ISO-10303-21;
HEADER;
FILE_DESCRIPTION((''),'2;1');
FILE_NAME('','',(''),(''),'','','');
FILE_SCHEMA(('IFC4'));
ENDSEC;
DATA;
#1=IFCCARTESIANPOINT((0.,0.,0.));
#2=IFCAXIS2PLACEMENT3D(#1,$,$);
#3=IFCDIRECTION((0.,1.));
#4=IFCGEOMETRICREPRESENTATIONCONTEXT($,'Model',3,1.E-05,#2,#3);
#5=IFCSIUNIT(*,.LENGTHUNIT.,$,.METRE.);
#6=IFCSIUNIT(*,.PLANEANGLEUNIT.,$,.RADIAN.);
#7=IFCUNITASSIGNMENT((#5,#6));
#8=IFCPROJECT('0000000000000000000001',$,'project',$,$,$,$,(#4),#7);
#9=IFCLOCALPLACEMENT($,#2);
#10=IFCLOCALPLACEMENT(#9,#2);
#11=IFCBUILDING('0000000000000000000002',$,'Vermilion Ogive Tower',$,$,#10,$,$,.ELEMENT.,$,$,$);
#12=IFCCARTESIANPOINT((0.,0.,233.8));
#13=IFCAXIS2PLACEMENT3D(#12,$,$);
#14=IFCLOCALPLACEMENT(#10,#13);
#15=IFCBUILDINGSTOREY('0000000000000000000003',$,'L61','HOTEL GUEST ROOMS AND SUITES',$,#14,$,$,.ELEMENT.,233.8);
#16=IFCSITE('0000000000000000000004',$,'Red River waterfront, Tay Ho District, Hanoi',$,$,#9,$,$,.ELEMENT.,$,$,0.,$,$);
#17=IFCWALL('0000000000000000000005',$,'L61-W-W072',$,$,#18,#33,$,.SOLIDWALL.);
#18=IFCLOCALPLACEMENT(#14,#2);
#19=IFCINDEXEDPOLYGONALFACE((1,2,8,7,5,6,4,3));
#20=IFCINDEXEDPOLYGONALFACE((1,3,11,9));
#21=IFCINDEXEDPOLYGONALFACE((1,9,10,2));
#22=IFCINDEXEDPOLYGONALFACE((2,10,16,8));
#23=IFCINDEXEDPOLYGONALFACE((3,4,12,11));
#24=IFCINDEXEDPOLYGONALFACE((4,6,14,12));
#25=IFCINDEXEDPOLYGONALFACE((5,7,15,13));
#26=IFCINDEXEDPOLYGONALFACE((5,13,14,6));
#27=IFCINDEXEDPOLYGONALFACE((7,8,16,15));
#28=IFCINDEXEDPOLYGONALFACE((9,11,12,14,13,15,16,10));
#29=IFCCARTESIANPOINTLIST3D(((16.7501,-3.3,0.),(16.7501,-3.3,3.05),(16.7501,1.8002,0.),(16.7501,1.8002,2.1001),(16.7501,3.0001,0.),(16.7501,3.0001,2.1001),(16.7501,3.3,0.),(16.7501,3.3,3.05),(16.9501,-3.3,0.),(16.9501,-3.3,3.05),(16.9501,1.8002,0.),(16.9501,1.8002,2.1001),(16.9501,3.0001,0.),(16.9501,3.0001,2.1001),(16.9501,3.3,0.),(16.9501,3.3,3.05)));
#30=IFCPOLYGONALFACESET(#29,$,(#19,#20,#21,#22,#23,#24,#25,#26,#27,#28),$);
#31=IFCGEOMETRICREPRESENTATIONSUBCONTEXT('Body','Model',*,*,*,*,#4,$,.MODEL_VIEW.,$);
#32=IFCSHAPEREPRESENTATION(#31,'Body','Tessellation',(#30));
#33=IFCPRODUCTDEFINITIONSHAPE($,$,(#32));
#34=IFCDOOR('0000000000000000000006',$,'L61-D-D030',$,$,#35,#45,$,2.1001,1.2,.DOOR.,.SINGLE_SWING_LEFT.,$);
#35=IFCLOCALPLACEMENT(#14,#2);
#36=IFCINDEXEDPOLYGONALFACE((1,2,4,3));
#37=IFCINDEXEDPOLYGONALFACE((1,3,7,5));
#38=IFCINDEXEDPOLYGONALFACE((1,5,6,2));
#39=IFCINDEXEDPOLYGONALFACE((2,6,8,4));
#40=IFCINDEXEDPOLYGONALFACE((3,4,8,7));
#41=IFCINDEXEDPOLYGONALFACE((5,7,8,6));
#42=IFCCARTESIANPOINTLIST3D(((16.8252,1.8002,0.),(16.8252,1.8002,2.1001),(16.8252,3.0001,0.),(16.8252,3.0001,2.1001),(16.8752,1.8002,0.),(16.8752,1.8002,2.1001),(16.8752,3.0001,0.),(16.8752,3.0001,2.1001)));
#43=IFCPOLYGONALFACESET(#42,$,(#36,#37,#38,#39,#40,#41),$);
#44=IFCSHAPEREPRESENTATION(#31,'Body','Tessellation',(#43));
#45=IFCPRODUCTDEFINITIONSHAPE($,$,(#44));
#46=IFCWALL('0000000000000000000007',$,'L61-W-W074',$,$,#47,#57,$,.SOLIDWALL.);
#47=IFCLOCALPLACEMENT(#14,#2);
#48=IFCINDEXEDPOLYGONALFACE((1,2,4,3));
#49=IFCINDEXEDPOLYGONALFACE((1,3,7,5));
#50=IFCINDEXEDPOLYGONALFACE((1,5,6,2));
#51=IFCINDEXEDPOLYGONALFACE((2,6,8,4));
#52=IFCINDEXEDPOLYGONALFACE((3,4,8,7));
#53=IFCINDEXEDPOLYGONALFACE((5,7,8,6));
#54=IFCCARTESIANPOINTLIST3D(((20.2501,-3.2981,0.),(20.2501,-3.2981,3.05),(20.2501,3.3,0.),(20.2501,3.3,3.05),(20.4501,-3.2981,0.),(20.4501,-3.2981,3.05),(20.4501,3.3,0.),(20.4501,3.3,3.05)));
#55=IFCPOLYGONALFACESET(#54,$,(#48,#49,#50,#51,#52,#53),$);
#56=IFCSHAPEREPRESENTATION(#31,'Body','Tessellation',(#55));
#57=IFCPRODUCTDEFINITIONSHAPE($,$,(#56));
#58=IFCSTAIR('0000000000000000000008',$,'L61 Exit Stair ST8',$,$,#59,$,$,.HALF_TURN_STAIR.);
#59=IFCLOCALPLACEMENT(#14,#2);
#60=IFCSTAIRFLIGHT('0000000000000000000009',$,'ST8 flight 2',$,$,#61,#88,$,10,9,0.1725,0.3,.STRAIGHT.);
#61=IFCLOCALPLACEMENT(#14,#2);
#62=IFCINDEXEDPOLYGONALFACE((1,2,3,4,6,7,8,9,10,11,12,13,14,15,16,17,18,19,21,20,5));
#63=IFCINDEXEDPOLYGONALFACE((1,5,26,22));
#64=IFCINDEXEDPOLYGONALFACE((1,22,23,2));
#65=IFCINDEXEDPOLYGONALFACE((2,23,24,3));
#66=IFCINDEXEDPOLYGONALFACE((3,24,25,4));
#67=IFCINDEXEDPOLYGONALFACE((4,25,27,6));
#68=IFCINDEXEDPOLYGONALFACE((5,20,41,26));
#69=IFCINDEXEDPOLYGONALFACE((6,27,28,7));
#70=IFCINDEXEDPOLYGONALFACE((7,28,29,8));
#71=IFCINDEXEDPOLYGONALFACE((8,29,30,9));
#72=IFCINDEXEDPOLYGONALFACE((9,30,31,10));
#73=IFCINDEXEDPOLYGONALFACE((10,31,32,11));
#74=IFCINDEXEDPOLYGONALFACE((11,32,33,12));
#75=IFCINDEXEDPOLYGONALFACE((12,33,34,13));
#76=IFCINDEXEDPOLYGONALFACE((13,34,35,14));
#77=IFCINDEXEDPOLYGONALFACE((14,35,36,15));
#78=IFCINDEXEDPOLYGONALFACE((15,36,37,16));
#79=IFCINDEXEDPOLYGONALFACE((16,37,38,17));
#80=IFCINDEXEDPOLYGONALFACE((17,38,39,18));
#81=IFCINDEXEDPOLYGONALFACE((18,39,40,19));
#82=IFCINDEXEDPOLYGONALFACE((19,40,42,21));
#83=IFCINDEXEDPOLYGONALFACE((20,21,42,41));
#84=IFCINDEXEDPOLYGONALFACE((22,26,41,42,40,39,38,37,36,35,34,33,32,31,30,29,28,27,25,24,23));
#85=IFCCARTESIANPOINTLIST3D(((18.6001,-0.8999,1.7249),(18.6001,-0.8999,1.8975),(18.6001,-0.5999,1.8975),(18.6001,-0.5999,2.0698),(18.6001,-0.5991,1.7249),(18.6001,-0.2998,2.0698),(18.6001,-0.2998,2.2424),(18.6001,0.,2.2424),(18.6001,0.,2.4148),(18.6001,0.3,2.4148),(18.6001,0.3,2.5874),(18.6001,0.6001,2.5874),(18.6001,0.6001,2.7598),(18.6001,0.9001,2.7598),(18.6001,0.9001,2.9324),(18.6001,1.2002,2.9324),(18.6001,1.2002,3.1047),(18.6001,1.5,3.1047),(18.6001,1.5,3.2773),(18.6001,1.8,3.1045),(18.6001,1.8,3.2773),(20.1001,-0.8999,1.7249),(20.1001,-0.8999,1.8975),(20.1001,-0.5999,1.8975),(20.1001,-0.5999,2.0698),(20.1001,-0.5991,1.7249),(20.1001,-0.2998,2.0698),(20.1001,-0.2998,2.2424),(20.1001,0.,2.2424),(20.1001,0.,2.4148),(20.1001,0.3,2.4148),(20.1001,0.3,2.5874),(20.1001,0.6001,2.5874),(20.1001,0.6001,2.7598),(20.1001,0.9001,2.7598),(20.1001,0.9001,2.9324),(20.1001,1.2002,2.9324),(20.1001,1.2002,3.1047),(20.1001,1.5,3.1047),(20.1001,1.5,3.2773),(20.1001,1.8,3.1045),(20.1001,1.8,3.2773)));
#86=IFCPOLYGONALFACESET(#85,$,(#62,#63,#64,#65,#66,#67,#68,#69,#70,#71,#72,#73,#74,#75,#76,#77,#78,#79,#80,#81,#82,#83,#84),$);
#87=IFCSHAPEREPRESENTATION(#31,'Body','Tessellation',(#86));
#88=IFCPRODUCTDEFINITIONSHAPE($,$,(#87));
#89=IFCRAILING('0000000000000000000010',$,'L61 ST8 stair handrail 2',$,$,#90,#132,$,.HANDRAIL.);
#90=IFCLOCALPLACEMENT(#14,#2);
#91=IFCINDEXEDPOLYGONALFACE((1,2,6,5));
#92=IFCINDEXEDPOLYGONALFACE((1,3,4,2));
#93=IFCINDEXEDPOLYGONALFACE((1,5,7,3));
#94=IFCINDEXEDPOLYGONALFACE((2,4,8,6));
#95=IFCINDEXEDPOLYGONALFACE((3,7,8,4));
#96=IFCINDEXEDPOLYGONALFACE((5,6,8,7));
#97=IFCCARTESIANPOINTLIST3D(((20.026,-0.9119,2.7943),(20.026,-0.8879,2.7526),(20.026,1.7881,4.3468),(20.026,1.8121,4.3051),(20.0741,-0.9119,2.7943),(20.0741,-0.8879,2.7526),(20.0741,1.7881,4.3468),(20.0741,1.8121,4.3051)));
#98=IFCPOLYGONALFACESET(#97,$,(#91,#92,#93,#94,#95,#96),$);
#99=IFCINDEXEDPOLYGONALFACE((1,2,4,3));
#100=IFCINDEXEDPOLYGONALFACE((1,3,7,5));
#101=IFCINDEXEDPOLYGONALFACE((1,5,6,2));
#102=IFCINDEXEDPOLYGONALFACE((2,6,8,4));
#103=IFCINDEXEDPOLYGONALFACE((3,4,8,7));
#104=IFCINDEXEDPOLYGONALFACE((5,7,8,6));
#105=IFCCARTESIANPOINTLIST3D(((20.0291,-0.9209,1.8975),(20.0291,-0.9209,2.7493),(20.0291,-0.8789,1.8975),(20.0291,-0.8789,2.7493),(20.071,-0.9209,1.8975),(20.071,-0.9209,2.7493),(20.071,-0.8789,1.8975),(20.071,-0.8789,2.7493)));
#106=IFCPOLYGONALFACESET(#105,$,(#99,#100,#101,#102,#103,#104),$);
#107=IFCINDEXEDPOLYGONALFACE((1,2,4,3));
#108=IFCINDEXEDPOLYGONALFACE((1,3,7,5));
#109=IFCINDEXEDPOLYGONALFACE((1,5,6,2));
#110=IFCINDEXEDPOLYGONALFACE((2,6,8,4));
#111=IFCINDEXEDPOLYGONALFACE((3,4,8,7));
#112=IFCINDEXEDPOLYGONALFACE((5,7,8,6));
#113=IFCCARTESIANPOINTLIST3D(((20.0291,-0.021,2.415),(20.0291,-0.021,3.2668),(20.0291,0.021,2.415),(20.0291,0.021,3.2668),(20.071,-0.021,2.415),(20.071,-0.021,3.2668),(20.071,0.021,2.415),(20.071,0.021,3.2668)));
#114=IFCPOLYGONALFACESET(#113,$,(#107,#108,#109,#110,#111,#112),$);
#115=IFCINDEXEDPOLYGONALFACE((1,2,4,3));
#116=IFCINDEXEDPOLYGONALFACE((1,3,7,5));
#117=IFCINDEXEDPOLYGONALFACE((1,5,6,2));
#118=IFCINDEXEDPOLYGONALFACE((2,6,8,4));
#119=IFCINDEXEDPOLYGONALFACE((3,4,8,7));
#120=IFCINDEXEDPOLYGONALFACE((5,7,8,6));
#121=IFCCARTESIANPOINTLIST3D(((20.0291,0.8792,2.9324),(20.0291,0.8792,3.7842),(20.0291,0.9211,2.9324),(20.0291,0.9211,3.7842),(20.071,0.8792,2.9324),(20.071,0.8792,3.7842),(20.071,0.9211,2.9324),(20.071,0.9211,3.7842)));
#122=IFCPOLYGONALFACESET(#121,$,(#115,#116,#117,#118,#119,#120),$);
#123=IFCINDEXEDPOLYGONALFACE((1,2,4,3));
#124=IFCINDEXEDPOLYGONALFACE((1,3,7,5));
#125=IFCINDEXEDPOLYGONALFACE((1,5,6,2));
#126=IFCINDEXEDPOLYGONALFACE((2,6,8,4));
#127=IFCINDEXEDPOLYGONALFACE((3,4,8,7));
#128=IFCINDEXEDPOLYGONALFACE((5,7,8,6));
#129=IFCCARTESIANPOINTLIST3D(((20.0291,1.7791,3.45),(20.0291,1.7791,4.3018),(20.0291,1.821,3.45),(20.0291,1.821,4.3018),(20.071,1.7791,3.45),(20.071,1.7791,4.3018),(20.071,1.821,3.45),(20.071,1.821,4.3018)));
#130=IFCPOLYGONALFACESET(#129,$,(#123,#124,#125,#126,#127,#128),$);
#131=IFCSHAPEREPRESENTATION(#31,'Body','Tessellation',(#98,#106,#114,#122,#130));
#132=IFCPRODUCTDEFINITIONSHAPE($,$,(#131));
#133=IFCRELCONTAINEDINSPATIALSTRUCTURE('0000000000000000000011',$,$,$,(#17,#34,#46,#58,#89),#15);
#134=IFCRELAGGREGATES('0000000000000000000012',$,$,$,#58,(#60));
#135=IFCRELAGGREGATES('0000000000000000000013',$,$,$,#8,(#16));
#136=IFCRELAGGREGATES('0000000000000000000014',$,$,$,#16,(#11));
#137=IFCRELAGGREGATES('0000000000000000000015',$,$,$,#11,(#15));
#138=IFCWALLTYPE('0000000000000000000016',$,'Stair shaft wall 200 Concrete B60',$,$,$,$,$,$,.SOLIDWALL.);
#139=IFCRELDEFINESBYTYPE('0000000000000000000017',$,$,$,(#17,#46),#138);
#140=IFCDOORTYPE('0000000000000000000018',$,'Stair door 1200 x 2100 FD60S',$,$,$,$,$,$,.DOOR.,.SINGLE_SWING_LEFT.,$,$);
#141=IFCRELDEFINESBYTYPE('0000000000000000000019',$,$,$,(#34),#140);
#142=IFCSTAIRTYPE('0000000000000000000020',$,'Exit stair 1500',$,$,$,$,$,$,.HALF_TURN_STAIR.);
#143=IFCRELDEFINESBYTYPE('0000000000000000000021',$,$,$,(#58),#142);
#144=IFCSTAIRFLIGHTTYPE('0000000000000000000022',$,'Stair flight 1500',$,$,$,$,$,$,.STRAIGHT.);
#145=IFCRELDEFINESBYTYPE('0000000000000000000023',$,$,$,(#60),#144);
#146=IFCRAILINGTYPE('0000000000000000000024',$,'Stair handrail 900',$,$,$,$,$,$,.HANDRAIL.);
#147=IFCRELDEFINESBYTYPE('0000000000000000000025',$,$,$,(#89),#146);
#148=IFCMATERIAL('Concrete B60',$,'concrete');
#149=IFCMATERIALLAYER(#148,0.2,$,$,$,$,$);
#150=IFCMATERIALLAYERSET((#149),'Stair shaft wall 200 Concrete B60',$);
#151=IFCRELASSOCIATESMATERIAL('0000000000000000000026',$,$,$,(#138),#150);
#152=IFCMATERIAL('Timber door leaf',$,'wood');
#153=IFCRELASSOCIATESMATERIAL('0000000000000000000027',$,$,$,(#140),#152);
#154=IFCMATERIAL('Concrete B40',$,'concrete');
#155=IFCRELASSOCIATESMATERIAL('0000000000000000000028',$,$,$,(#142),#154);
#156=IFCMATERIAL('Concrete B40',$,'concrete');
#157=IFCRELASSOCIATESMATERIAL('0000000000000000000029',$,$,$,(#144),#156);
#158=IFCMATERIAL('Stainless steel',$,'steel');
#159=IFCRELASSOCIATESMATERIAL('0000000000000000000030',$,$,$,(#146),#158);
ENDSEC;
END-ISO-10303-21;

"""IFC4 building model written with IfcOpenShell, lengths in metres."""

from ifc_helpers import new_model, si_unit, direction, frame, frame_2d, origin, origin_2d, place, context, subcontext, project, spatial, polyline, rectangle, outline, extrude, material, layer, layer_set, type_object, element, fill, aggregate, save


model = new_model("IFC4")

# Units and contexts
model_context = context("Model", 3, precision=1e-05, world=origin(), true_north=direction((0.0, 1.0)))
body_context = subcontext(model_context, "Body", "Model", "MODEL_VIEW")
ifc_project = project(units=[si_unit("LENGTHUNIT", "METRE"), si_unit("PLANEANGLEUNIT", "RADIAN")], contexts=[model_context])

# Site, building, storey
site_placement = place(None, origin())
site = spatial("IfcSite", under=ifc_project, at=site_placement, Name="Red River waterfront, Tay Ho District, Hanoi", CompositionType="ELEMENT", RefElevation=0.0)
building_placement = place(site_placement, origin())
building = spatial("IfcBuilding", under=site, at=building_placement, Name="Vermilion Ogive Tower", CompositionType="ELEMENT")
storey_placement = place(building_placement, frame((0.0, 0.0, 233.8)))
storey = spatial("IfcBuildingStorey", under=building, at=storey_placement, Name="L61", Description="HOTEL GUEST ROOMS AND SUITES", CompositionType="ELEMENT", Elevation=233.8)

# Shared definitions
ifc_material_1 = material(Name="Concrete B60", Category="concrete")
ifc_layer_1 = layer(ifc_material_1, 0.2)
ifc_layer_set_1 = layer_set([ifc_layer_1], Name="Stair shaft wall 200 Concrete B60")
wall_type_1 = type_object("IfcWallType", Name="Stair shaft wall 200 Concrete B60", PredefinedType="SOLIDWALL", material=ifc_layer_set_1)

# Wall, opening, door
wall_1_placement = place(storey_placement, frame((16.8501, -3.3, 0.0), z_axis=(0.0, 0.0, 1.0), x_axis=(0.0, 1.0, 0.0)))
wall_1 = element("IfcWall", 1, at=wall_1_placement, inside=storey, type_object=wall_type_1, Name="L61-W-W072", PredefinedType="SOLIDWALL", context=body_context, shape_type="SweptSolid", body=[
    extrude(rectangle(XDim=6.6001, YDim=0.2, at=frame_2d((3.3, 0.0))), origin(), (0.0, 0.0, 1.0), 3.05),
])
opening_1_placement = place(wall_1_placement, frame((5.1001, 0.0, 0.0)))
opening_1 = element("IfcOpeningElement", 2, at=opening_1_placement, cuts=wall_1, PredefinedType="OPENING", context=body_context, shape_type="SweptSolid", body=[
    extrude(rectangle(XDim=1.2, YDim=2.1001, at=frame_2d((0.6001, 1.05))), frame((0.0, 0.1099, 0.0), z_axis=(0.0, -1.0, 0.0), x_axis=(1.0, 0.0, 0.0)), (0.0, 0.0, 1.0), 0.22),
])
ifc_material_2 = material(Name="Timber door leaf", Category="wood")
door_type_1 = type_object("IfcDoorType", Name="Stair door 1200 x 2100 FD60S", OperationType="SINGLE_SWING_LEFT", PredefinedType="DOOR", material=ifc_material_2)
door_1_placement = place(opening_1_placement, origin())
door_1 = element("IfcDoor", 3, at=door_1_placement, inside=storey, type_object=door_type_1, Name="L61-D-D030", OperationType="SINGLE_SWING_LEFT", OverallHeight=2.1001, OverallWidth=1.2, PredefinedType="DOOR", context=body_context, shape_type="SweptSolid", body=[
    extrude(rectangle(XDim=1.2, YDim=2.1001, at=frame_2d((0.6001, 1.05))), frame((0.0, 0.0249, 0.0), z_axis=(0.0, -1.0, 0.0), x_axis=(1.0, 0.0, 0.0)), (0.0, 0.0, 1.0), 0.05),
])
fill(opening_1, door_1)

# Wall
wall_2_placement = place(storey_placement, frame((20.3501, -3.2981, 0.0), z_axis=(0.0, 0.0, 1.0), x_axis=(0.0, 1.0, 0.0)))
element("IfcWall", 4, at=wall_2_placement, inside=storey, type_object=wall_type_1, Name="L61-W-W074", PredefinedType="SOLIDWALL", context=body_context, shape_type="SweptSolid", body=[
    extrude(rectangle(XDim=6.5981, YDim=0.2, at=frame_2d((3.2991, 0.0))), origin(), (0.0, 0.0, 1.0), 3.05),
])

# Stair, stair flight
ifc_material_3 = material(Name="Concrete B40", Category="concrete")
stair_type = type_object("IfcStairType", Name="Exit stair 1500", PredefinedType="HALF_TURN_STAIR", material=ifc_material_3)
stair_placement = place(storey_placement, origin())
stair = element("IfcStair", 5, at=stair_placement, inside=storey, type_object=stair_type, Name="L61 Exit Stair ST8", PredefinedType="HALF_TURN_STAIR")
ifc_material_4 = material(Name="Concrete B40", Category="concrete")
stair_flight_type = type_object("IfcStairFlightType", Name="Stair flight 1500", PredefinedType="STRAIGHT", material=ifc_material_4)
stair_flight_placement = place(storey_placement, frame((19.3501, -0.8999, 1.7249), z_axis=(0.0, 0.0, 1.0), x_axis=(0.0, 1.0, 0.0)))
stair_flight = element("IfcStairFlight", 6, at=stair_flight_placement, type_object=stair_flight_type, Name="ST8 flight 2", NumberOfRisers=10, NumberOfTreads=9, PredefinedType="STRAIGHT", RiserHeight=0.1725, TreadLength=0.3, context=body_context, shape_type="SweptSolid", body=[
    extrude(outline(polyline([(0.0, 0.0), (0.0, 0.1726), (0.3, 0.1726), (0.3, 0.345), (0.6001, 0.345), (0.6001, 0.5176), (0.8999, 0.5176), (0.8999, 0.6899), (1.2, 0.6899), (1.2, 0.8625), (1.5, 0.8625), (1.5, 1.0349), (1.8, 1.0349), (1.8, 1.2075), (2.1001, 1.2075), (2.1001, 1.3799), (2.3999, 1.3799), (2.3999, 1.5525), (2.7, 1.5525), (2.7, 1.7251), (2.7, 1.3796), (0.3008, 0.0), (0.0, 0.0)])), frame((0.0, 0.75, 0.0), z_axis=(0.0, -1.0, 0.0), x_axis=(1.0, 0.0, 0.0)), (0.0, 0.0, 1.0), 1.5),
])
aggregate(stair, [stair_flight])

# Railing
ifc_material_5 = material(Name="Stainless steel", Category="steel")
railing_type = type_object("IfcRailingType", Name="Stair handrail 900", PredefinedType="HANDRAIL", material=ifc_material_5)
railing_placement = place(storey_placement, frame((20.05, -0.8999, 1.8975)))
element("IfcRailing", 7, at=railing_placement, inside=storey, type_object=railing_type, Name="L61 ST8 stair handrail 2", PredefinedType="HANDRAIL", context=body_context, shape_type="SweptSolid", body=[
    extrude(rectangle(XDim=0.0481, YDim=0.0481, at=origin_2d()), frame((0.0, 0.0, 0.876), z_axis=(0.0, 0.866904, 0.498476), x_axis=(-1.0, 0.0, 0.0)), (0.0, 0.0, 1.0), 3.1145),
    extrude(rectangle(XDim=0.042, YDim=0.042, at=origin_2d()), origin(), (0.0, 0.0, 1.0), 0.8518),
    extrude(rectangle(XDim=0.042, YDim=0.042, at=origin_2d()), frame((0.0, 0.8999, 0.5176)), (0.0, 0.0, 1.0), 0.8518),
    extrude(rectangle(XDim=0.042, YDim=0.042, at=origin_2d()), frame((0.0, 1.8, 1.0349)), (0.0, 0.0, 1.0), 0.8518),
    extrude(rectangle(XDim=0.042, YDim=0.042, at=origin_2d()), frame((0.0, 2.7, 1.5525)), (0.0, 0.0, 1.0), 0.8518),
])

save(model, "model.ifc")
